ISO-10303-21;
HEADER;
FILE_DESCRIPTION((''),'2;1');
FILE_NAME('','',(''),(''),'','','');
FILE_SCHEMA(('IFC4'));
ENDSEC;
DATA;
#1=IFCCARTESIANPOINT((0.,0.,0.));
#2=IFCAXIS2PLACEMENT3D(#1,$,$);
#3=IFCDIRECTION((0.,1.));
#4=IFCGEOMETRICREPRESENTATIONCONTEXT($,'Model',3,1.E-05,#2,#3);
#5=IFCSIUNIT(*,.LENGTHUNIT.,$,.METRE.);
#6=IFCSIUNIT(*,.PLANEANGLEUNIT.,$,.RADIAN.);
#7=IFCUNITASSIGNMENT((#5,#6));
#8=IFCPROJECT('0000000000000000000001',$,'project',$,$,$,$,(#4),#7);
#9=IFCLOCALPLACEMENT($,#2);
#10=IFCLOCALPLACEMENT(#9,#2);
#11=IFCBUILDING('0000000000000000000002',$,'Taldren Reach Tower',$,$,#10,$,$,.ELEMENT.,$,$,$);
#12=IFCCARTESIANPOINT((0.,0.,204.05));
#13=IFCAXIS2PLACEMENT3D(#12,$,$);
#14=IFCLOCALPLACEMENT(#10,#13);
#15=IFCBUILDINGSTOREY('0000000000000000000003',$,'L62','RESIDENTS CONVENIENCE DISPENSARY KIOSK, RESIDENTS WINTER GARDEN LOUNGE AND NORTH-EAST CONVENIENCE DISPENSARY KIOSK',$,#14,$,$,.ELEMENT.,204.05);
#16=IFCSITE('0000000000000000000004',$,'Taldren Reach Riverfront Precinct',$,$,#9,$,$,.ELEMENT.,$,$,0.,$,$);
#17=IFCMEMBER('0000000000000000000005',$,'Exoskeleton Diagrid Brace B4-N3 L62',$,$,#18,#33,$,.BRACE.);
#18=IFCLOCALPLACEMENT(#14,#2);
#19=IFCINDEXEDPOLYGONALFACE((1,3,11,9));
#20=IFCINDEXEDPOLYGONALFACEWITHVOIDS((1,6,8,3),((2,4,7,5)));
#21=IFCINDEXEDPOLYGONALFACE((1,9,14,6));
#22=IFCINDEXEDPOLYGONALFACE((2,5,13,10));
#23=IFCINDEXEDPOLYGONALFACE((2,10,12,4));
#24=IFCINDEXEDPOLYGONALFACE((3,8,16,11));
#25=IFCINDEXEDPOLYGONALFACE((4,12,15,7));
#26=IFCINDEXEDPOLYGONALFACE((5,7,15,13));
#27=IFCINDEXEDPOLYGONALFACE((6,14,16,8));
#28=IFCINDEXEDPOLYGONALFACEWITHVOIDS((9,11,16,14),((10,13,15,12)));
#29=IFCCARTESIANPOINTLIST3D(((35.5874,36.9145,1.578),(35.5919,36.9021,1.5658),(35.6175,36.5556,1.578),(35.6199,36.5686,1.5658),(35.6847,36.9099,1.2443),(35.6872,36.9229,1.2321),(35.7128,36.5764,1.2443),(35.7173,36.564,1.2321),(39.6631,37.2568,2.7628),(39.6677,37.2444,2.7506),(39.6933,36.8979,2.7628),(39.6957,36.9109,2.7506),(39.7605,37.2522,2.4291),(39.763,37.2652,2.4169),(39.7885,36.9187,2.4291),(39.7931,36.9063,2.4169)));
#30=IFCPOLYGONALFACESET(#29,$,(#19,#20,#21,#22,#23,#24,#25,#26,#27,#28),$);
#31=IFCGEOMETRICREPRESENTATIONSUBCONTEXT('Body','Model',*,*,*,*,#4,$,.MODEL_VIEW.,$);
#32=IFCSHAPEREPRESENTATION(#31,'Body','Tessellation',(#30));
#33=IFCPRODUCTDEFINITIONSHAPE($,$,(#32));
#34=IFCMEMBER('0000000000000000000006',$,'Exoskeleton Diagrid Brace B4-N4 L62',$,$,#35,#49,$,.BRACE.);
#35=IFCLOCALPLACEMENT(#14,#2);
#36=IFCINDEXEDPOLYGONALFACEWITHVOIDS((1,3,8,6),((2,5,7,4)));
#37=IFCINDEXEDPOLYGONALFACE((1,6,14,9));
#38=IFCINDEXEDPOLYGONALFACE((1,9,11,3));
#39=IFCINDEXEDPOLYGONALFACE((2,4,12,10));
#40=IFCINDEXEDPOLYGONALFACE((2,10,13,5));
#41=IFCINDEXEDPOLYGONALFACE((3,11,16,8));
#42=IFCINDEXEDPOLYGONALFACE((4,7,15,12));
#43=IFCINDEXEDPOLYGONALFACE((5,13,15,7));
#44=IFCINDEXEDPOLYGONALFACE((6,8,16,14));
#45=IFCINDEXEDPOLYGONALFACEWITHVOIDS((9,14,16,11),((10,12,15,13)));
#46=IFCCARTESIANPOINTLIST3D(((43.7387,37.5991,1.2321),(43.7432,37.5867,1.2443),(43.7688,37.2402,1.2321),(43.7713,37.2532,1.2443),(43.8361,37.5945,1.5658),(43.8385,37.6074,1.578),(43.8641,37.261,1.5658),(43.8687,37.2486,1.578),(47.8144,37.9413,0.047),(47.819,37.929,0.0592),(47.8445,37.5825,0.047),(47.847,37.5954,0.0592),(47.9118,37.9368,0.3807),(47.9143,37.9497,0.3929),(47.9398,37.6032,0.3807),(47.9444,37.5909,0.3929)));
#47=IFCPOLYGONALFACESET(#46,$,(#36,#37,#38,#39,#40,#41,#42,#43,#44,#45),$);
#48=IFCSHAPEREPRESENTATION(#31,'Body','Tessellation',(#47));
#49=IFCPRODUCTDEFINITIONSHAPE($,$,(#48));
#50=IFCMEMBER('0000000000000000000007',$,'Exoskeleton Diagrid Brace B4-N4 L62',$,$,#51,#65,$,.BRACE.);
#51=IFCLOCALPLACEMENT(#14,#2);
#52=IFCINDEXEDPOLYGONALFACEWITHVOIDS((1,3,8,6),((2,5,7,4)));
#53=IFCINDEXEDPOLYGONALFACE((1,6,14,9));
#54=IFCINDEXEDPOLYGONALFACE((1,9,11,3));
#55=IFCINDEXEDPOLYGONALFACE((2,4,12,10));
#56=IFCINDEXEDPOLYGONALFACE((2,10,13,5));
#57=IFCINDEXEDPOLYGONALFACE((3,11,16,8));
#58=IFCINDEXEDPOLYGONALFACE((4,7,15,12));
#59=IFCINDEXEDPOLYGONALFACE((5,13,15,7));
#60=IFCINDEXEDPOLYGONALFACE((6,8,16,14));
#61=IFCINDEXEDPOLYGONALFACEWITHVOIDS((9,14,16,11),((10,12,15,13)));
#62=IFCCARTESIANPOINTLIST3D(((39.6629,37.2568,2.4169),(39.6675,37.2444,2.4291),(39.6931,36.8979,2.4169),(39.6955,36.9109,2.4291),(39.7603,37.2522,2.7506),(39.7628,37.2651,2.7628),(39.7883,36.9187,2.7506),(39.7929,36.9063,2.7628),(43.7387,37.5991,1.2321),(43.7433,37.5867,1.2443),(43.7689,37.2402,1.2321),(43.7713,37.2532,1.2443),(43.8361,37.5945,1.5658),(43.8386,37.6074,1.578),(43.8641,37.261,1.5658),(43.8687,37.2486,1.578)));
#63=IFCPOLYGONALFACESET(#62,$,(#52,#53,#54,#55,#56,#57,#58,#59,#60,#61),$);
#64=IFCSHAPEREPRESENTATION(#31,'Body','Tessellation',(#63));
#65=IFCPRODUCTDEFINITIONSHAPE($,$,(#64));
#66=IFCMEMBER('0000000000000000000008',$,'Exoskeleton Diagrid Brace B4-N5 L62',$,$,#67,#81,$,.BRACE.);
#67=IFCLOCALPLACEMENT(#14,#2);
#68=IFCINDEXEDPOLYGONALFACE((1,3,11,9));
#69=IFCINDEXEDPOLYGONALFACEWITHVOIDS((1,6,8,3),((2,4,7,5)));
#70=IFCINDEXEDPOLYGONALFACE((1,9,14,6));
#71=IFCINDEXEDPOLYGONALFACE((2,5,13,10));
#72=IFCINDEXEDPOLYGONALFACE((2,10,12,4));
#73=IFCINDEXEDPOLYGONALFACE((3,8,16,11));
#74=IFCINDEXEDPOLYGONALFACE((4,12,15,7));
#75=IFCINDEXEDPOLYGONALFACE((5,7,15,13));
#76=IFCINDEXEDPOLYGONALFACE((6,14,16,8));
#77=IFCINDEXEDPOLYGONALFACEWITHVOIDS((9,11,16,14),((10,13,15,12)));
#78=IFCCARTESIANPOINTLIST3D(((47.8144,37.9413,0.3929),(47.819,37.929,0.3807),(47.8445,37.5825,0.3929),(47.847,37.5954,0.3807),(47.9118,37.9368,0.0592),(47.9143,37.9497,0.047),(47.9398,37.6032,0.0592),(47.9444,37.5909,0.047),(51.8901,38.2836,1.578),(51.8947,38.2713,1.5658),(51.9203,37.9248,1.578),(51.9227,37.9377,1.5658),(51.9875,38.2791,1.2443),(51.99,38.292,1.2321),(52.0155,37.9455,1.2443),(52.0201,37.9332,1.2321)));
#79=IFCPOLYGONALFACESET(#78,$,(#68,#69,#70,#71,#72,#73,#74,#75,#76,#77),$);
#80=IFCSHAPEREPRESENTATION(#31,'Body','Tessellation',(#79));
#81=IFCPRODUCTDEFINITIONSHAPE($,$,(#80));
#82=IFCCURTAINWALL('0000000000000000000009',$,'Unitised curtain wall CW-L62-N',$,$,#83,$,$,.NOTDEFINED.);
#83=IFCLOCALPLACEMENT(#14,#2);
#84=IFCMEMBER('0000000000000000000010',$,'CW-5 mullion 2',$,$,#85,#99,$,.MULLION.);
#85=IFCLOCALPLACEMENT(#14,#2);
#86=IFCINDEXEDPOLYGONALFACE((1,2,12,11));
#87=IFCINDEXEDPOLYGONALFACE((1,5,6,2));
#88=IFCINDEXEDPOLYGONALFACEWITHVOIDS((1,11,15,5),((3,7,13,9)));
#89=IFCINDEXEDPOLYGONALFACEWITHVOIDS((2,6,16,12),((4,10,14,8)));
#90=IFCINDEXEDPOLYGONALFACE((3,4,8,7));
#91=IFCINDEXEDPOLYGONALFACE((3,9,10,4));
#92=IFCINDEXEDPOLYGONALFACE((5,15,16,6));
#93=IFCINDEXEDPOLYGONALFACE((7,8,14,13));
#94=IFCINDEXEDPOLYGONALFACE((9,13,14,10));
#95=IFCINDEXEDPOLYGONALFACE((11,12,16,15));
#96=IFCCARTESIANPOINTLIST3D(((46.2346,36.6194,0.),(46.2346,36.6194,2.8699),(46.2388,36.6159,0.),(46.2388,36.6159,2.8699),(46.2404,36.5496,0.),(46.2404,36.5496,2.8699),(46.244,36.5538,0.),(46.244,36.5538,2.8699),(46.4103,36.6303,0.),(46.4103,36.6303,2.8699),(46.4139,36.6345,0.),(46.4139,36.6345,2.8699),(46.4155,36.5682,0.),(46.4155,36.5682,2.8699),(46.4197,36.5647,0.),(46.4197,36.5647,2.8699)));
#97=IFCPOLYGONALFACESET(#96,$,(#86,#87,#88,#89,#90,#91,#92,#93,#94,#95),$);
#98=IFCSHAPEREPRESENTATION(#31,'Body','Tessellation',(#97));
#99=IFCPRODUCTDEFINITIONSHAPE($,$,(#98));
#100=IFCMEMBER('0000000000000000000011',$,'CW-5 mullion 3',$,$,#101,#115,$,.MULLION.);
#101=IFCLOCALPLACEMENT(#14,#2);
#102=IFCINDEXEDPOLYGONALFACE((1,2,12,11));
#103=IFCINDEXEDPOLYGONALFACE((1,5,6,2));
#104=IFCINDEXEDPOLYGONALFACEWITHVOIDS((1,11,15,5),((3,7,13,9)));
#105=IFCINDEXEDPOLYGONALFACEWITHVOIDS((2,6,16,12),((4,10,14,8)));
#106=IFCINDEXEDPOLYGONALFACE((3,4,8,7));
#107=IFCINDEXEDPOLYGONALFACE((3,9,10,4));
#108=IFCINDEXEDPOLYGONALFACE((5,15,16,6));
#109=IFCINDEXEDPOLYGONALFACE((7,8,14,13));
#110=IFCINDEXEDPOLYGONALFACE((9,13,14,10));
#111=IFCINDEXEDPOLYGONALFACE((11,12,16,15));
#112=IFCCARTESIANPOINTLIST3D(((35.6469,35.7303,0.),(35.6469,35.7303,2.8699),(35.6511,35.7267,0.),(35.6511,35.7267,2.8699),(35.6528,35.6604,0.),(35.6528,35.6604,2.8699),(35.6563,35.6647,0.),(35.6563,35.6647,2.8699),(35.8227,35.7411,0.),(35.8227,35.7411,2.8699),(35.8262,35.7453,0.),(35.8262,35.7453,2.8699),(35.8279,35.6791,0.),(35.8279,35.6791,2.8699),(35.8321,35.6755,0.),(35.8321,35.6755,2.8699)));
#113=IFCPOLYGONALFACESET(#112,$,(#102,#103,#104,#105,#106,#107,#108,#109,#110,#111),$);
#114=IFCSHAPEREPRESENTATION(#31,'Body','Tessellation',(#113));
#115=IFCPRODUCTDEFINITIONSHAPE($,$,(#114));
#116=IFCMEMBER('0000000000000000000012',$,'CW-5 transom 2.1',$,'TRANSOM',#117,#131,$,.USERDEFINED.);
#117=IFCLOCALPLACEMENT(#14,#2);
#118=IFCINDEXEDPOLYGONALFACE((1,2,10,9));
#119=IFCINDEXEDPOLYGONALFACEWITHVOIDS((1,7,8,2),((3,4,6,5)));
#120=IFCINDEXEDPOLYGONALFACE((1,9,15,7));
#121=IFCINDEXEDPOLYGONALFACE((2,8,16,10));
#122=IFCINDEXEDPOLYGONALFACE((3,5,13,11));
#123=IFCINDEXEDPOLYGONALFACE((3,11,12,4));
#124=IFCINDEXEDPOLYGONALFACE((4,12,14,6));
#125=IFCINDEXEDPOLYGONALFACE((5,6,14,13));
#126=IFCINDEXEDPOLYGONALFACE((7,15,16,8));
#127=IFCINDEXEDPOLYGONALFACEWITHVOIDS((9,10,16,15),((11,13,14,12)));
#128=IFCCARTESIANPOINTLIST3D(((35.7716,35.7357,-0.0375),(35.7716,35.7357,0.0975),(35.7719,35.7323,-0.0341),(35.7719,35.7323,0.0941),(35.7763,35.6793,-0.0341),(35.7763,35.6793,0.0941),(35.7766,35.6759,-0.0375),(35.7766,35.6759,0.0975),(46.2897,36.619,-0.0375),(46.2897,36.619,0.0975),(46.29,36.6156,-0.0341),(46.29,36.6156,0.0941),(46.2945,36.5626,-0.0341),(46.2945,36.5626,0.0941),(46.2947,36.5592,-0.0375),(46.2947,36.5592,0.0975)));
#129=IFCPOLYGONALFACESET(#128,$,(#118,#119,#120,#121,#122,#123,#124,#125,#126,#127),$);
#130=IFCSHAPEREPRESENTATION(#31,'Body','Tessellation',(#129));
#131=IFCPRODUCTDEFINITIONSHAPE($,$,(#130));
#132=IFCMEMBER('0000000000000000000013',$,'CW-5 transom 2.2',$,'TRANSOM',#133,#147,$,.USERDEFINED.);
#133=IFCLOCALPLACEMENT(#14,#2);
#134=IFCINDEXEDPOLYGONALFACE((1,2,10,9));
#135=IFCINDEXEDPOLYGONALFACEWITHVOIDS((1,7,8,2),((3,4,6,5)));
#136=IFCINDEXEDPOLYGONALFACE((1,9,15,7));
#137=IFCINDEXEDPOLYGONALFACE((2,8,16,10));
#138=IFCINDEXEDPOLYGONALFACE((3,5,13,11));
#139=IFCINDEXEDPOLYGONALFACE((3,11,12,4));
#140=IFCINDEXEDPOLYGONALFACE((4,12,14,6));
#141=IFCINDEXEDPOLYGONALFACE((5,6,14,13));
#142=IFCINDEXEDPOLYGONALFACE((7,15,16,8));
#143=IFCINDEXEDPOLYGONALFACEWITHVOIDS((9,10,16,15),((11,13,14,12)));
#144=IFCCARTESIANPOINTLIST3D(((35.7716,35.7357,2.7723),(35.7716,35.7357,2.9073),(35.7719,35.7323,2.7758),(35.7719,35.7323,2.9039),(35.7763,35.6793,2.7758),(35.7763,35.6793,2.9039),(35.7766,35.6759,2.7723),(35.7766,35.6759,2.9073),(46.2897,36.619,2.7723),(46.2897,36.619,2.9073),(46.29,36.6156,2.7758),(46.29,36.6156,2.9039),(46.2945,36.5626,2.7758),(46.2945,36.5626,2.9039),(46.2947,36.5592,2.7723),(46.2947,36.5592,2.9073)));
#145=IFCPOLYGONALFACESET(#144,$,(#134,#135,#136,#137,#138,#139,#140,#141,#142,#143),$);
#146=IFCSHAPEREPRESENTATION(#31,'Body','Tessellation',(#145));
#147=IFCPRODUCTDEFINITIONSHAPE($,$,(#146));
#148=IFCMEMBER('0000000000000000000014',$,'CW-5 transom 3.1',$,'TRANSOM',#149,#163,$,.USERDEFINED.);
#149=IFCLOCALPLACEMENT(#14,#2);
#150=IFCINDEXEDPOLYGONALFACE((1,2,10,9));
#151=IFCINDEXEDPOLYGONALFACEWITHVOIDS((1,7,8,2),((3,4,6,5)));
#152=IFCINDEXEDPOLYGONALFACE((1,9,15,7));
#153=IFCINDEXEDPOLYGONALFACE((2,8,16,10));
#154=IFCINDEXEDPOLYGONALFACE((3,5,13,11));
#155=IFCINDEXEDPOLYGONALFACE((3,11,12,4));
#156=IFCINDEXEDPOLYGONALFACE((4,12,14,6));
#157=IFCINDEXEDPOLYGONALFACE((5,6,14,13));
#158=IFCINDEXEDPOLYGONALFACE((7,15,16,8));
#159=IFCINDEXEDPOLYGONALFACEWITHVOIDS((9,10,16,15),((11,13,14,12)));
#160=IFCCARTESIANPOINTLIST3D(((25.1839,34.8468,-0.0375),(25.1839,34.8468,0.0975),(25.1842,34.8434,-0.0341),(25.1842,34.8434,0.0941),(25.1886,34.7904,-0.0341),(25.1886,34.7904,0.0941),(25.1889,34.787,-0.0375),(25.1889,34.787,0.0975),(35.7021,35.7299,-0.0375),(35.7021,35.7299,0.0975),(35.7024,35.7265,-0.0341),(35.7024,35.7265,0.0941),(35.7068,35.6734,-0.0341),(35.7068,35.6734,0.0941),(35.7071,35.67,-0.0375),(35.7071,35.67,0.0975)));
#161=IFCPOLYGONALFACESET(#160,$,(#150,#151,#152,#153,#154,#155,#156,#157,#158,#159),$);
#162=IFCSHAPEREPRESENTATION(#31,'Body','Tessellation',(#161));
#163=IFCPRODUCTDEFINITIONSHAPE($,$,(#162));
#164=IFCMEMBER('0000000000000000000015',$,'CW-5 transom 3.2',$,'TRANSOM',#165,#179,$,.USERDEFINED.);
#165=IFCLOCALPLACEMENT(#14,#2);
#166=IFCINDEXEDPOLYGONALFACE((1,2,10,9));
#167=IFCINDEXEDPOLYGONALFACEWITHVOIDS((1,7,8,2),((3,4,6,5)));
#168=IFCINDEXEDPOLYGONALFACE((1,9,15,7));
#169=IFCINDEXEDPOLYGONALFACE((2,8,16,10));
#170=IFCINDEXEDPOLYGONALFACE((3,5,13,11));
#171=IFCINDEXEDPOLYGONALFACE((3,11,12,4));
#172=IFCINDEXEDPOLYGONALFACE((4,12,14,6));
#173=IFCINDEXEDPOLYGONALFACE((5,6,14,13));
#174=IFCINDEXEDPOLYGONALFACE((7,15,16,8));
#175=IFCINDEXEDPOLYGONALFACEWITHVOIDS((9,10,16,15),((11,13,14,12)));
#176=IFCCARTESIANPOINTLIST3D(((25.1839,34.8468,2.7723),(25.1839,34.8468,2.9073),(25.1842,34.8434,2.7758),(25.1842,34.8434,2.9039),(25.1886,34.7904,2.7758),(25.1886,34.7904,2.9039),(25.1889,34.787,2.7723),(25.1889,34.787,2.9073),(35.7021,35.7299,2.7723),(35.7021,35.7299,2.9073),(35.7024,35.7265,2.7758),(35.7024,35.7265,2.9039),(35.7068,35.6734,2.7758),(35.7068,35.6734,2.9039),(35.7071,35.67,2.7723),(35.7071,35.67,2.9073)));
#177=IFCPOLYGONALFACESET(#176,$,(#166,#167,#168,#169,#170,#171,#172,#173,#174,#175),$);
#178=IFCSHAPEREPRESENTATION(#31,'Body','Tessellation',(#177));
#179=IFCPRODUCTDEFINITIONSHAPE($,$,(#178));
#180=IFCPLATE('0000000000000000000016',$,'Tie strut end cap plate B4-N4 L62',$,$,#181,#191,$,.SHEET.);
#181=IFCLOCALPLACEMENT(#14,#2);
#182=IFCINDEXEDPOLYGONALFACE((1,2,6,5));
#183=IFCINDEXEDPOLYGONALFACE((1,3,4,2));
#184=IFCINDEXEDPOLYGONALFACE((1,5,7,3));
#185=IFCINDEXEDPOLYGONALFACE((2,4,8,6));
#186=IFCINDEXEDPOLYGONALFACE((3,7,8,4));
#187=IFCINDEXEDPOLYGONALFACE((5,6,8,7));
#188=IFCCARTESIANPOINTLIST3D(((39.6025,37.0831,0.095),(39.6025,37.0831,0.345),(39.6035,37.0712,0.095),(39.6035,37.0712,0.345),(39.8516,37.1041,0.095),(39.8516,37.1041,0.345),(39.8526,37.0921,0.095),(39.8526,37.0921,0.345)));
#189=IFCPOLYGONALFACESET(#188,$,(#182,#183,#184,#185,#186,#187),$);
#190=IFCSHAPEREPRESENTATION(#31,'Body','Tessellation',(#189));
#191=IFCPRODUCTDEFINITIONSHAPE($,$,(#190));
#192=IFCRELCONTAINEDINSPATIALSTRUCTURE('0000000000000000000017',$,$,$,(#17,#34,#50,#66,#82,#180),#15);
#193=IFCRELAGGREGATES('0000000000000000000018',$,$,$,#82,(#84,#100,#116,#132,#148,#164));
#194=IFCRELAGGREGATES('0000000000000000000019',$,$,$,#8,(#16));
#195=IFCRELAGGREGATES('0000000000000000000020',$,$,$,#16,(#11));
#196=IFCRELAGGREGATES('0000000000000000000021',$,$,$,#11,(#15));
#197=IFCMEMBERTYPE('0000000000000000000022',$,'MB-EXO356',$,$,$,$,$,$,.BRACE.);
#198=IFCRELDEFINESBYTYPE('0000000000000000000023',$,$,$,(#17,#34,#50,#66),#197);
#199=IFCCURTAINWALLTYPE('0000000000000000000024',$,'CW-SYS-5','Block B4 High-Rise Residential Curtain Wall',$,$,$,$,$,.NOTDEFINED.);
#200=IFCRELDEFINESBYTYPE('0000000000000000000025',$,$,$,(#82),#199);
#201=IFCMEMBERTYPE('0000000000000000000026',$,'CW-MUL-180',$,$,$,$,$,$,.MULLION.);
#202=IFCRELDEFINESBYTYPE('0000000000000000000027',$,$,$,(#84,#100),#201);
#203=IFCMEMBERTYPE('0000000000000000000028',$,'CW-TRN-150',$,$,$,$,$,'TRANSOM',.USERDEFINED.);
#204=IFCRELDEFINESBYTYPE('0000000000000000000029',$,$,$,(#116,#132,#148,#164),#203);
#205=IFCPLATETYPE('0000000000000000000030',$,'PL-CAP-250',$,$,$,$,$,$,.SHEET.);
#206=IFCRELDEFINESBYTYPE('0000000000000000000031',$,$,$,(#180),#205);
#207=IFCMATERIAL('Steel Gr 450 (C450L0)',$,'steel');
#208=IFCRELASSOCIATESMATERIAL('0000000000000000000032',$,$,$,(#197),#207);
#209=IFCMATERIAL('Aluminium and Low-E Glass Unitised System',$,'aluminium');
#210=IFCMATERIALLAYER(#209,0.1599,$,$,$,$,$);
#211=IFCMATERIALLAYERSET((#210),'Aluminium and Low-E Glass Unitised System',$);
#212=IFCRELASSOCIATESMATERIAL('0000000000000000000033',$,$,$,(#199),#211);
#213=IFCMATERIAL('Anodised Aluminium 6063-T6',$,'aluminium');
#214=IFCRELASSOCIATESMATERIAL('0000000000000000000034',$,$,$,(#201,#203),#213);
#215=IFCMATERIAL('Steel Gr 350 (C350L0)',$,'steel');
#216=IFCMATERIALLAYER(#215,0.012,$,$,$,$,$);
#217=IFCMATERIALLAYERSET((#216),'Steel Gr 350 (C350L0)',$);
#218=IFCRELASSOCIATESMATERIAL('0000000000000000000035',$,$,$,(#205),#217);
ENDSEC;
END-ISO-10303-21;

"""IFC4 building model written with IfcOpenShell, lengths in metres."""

from ifc_helpers import new_model, si_unit, direction, frame, origin, origin_2d, place, context, subcontext, project, spatial, rectangle, hollow_rectangle, extrude, source, transform, mapped, material, layer, layer_set, material_profile, profile_set, type_object, element, aggregate, save


model = new_model("IFC4")

# Units and contexts
model_context = context("Model", 3, precision=1e-05, world=origin(), true_north=direction((0.0, 1.0)))
body_context = subcontext(model_context, "Body", "Model", "MODEL_VIEW")
ifc_project = project(units=[si_unit("LENGTHUNIT", "METRE"), si_unit("PLANEANGLEUNIT", "RADIAN")], contexts=[model_context])

# Site, building, storey
site_placement = place(None, origin())
site = spatial("IfcSite", under=ifc_project, at=site_placement, Name="Taldren Reach Riverfront Precinct", CompositionType="ELEMENT", RefElevation=0.0)
building_placement = place(site_placement, origin())
building = spatial("IfcBuilding", under=site, at=building_placement, Name="Taldren Reach Tower", CompositionType="ELEMENT")
storey_placement = place(building_placement, frame((0.0, 0.0, 204.05)))
storey = spatial("IfcBuildingStorey", under=building, at=storey_placement, Name="L62", Description="RESIDENTS CONVENIENCE DISPENSARY KIOSK, RESIDENTS WINTER GARDEN LOUNGE AND NORTH-EAST CONVENIENCE DISPENSARY KIOSK", CompositionType="ELEMENT", Elevation=204.05)

# Shared definitions
ifc_material_1 = material(Name="Steel Gr 350 (C350L0)", Category="steel")

# Members
ifc_material_2 = material(Name="Steel Gr 450 (C450L0)", Category="steel")
ifc_material_profile_1 = material_profile(ifc_material_2, hollow_rectangle(XDim=0.3601, YDim=0.3601, WallThickness=0.0127, at=origin_2d()), Name="360x360x12.7SHS")
ifc_profile_set_1 = profile_set([ifc_material_profile_1], Name="Steel Gr 450 (C450L0)")
member_type_1 = type_object("IfcMemberType", Name="MB-EXO356", PredefinedType="BRACE", material=ifc_profile_set_1)
shared_shape_1 = source(origin(), body_context, "Body", "SweptSolid", [
    extrude(hollow_rectangle(XDim=0.3601, YDim=0.3601, WallThickness=0.0127, at=origin_2d()), origin(), (0.0, 0.0, 1.0), 4.2583),
])
for number, where, z_axis, x_axis, name in (
    (1, (35.6523, 36.7393, 1.405), (0.957141, 0.080383, 0.278244), (-0.083688, 0.996492, 0.0), "Exoskeleton Diagrid Brace B4-N3 L62"),
    (2, (47.8794, 37.7661, 0.22), (-0.957126, -0.080382, 0.278297), (0.083688, -0.996492, 0.0), "Exoskeleton Diagrid Brace B4-N4 L62"),
    (3, (43.8037, 37.4238, 1.405), (-0.957141, -0.080383, 0.278244), (0.083688, -0.996492, 0.0), "Exoskeleton Diagrid Brace B4-N4 L62"),
    (4, (47.8794, 37.7661, 0.22), (0.957126, 0.080382, 0.278297), (-0.083688, 0.996492, 0.0), "Exoskeleton Diagrid Brace B4-N5 L62"),
):
    element("IfcMember", number, at=place(storey_placement, frame(where, z_axis=z_axis, x_axis=x_axis)), inside=storey, type_object=member_type_1, Name=name, PredefinedType="BRACE", context=body_context, shape_type="MappedRepresentation", body=[
        mapped(shared_shape_1, transform((0.0, 0.0, 0.0), scale=1.0)),
    ])

# Curtain wall, members
ifc_material_3 = material(Name="Aluminium and Low-E Glass Unitised System", Category="aluminium")
ifc_layer_1 = layer(ifc_material_3, 0.1599)
ifc_layer_set_1 = layer_set([ifc_layer_1], Name="Aluminium and Low-E Glass Unitised System")
curtain_wall_type = type_object("IfcCurtainWallType", Name="CW-SYS-5", Description="Block B4 High-Rise Residential Curtain Wall", PredefinedType="NOTDEFINED", material=ifc_layer_set_1)
curtain_wall_placement = place(storey_placement, origin())
curtain_wall = element("IfcCurtainWall", 5, at=curtain_wall_placement, inside=storey, type_object=curtain_wall_type, Name="Unitised curtain wall CW-L62-N", PredefinedType="NOTDEFINED")
ifc_material_4 = material(Name="Anodised Aluminium 6063-T6", Category="aluminium")
ifc_material_profile_2 = material_profile(ifc_material_4, hollow_rectangle(XDim=0.0701, YDim=0.1799, WallThickness=0.0039, at=origin_2d()), Name="ALU-180x70x4RHS")
ifc_profile_set_2 = profile_set([ifc_material_profile_2], Name="Anodised Aluminium 6063-T6")
member_type_2 = type_object("IfcMemberType", Name="CW-MUL-180", PredefinedType="MULLION", material=ifc_profile_set_2)
shared_shape_2 = source(origin(), body_context, "Body", "SweptSolid", [
    extrude(hollow_rectangle(XDim=0.0701, YDim=0.1799, WallThickness=0.0039, at=origin_2d()), origin(), (0.0, 0.0, 1.0), 2.8699),
])
member_1_placement = place(storey_placement, frame((46.3271, 36.592, 0.0), z_axis=(0.0, 0.0, 1.0), x_axis=(0.083678, -0.996493, 0.0)))
member_1 = element("IfcMember", 6, at=member_1_placement, type_object=member_type_2, Name="CW-5 mullion 2", PredefinedType="MULLION", context=body_context, shape_type="MappedRepresentation", body=[
    mapped(shared_shape_2, transform((0.0, 0.0, 0.0), scale=1.0)),
])
member_2_placement = place(storey_placement, frame((35.7395, 35.7029, 0.0), z_axis=(0.0, 0.0, 1.0), x_axis=(0.083678, -0.996493, 0.0)))
member_2 = element("IfcMember", 7, at=member_2_placement, type_object=member_type_2, Name="CW-5 mullion 3", PredefinedType="MULLION", context=body_context, shape_type="MappedRepresentation", body=[
    mapped(shared_shape_2, transform((0.0, 0.0, 0.0), scale=1.0)),
])
ifc_material_profile_3 = material_profile(ifc_material_4, hollow_rectangle(XDim=0.0601, YDim=0.135, WallThickness=0.0034, at=origin_2d()), Name="ALU-135x60x3.5RHS")
ifc_profile_set_3 = profile_set([ifc_material_profile_3], Name="Anodised Aluminium 6063-T6")
member_type_3 = type_object("IfcMemberType", Name="CW-TRN-150", ElementType="TRANSOM", PredefinedType="USERDEFINED", material=ifc_profile_set_3)
shared_shape_3 = source(origin(), body_context, "Body", "SweptSolid", [
    extrude(hollow_rectangle(XDim=0.0601, YDim=0.135, WallThickness=0.0034, at=origin_2d()), origin(), (0.0, 0.0, 1.0), 10.5552),
])
member_3_placement = place(storey_placement, frame((46.2922, 36.5891, 0.03), z_axis=(-0.996492, -0.083685, 0.0), x_axis=(0.083685, -0.996492, 0.0)))
member_3 = element("IfcMember", 8, at=member_3_placement, type_object=member_type_3, Name="CW-5 transom 2.1", ObjectType="TRANSOM", PredefinedType="USERDEFINED", context=body_context, shape_type="MappedRepresentation", body=[
    mapped(shared_shape_3, transform((0.0, 0.0, 0.0), scale=1.0)),
])
member_4_placement = place(storey_placement, frame((46.2922, 36.5891, 2.8398), z_axis=(-0.996492, -0.083685, 0.0), x_axis=(0.083685, -0.996492, 0.0)))
member_4 = element("IfcMember", 9, at=member_4_placement, type_object=member_type_3, Name="CW-5 transom 2.2", ObjectType="TRANSOM", PredefinedType="USERDEFINED", context=body_context, shape_type="MappedRepresentation", body=[
    mapped(shared_shape_3, transform((0.0, 0.0, 0.0), scale=1.0)),
])
member_5_placement = place(storey_placement, frame((35.7046, 35.7, 0.03), z_axis=(-0.996494, -0.083662, 0.0), x_axis=(0.083662, -0.996494, 0.0)))
member_5 = element("IfcMember", 10, at=member_5_placement, type_object=member_type_3, Name="CW-5 transom 3.1", ObjectType="TRANSOM", PredefinedType="USERDEFINED", context=body_context, shape_type="MappedRepresentation", body=[
    mapped(shared_shape_3, transform((0.0, 0.0, 0.0), scale=1.0)),
])
member_6_placement = place(storey_placement, frame((35.7046, 35.7, 2.8398), z_axis=(-0.996494, -0.083662, 0.0), x_axis=(0.083662, -0.996494, 0.0)))
member_6 = element("IfcMember", 11, at=member_6_placement, type_object=member_type_3, Name="CW-5 transom 3.2", ObjectType="TRANSOM", PredefinedType="USERDEFINED", context=body_context, shape_type="MappedRepresentation", body=[
    mapped(shared_shape_3, transform((0.0, 0.0, 0.0), scale=1.0)),
])

# Plate
ifc_layer_2 = layer(ifc_material_1, 0.012)
ifc_layer_set_2 = layer_set([ifc_layer_2], Name="Steel Gr 350 (C350L0)")
plate_type_1 = type_object("IfcPlateType", Name="PL-CAP-250", PredefinedType="SHEET", material=ifc_layer_set_2)
shared_shape_4 = source(origin(), body_context, "Body", "SweptSolid", [
    extrude(rectangle(XDim=0.25, YDim=0.012, at=origin_2d()), origin(), (0.0, 0.0, 1.0), 0.25),
])
plate_1_placement = place(storey_placement, frame((39.7275, 37.0876, 0.095), z_axis=(0.0, 0.0, 1.0), x_axis=(0.996493, 0.083678, 0.0)))
element("IfcPlate", 12, at=plate_1_placement, inside=storey, type_object=plate_type_1, Name="Tie strut end cap plate B4-N4 L62", PredefinedType="SHEET", context=body_context, shape_type="MappedRepresentation", body=[
    mapped(shared_shape_4, transform((0.0, 0.0, 0.0), scale=1.0)),
])

aggregate(curtain_wall, [member_1, member_2, member_3, member_4, member_5, member_6])

save(model, "model.ifc")
